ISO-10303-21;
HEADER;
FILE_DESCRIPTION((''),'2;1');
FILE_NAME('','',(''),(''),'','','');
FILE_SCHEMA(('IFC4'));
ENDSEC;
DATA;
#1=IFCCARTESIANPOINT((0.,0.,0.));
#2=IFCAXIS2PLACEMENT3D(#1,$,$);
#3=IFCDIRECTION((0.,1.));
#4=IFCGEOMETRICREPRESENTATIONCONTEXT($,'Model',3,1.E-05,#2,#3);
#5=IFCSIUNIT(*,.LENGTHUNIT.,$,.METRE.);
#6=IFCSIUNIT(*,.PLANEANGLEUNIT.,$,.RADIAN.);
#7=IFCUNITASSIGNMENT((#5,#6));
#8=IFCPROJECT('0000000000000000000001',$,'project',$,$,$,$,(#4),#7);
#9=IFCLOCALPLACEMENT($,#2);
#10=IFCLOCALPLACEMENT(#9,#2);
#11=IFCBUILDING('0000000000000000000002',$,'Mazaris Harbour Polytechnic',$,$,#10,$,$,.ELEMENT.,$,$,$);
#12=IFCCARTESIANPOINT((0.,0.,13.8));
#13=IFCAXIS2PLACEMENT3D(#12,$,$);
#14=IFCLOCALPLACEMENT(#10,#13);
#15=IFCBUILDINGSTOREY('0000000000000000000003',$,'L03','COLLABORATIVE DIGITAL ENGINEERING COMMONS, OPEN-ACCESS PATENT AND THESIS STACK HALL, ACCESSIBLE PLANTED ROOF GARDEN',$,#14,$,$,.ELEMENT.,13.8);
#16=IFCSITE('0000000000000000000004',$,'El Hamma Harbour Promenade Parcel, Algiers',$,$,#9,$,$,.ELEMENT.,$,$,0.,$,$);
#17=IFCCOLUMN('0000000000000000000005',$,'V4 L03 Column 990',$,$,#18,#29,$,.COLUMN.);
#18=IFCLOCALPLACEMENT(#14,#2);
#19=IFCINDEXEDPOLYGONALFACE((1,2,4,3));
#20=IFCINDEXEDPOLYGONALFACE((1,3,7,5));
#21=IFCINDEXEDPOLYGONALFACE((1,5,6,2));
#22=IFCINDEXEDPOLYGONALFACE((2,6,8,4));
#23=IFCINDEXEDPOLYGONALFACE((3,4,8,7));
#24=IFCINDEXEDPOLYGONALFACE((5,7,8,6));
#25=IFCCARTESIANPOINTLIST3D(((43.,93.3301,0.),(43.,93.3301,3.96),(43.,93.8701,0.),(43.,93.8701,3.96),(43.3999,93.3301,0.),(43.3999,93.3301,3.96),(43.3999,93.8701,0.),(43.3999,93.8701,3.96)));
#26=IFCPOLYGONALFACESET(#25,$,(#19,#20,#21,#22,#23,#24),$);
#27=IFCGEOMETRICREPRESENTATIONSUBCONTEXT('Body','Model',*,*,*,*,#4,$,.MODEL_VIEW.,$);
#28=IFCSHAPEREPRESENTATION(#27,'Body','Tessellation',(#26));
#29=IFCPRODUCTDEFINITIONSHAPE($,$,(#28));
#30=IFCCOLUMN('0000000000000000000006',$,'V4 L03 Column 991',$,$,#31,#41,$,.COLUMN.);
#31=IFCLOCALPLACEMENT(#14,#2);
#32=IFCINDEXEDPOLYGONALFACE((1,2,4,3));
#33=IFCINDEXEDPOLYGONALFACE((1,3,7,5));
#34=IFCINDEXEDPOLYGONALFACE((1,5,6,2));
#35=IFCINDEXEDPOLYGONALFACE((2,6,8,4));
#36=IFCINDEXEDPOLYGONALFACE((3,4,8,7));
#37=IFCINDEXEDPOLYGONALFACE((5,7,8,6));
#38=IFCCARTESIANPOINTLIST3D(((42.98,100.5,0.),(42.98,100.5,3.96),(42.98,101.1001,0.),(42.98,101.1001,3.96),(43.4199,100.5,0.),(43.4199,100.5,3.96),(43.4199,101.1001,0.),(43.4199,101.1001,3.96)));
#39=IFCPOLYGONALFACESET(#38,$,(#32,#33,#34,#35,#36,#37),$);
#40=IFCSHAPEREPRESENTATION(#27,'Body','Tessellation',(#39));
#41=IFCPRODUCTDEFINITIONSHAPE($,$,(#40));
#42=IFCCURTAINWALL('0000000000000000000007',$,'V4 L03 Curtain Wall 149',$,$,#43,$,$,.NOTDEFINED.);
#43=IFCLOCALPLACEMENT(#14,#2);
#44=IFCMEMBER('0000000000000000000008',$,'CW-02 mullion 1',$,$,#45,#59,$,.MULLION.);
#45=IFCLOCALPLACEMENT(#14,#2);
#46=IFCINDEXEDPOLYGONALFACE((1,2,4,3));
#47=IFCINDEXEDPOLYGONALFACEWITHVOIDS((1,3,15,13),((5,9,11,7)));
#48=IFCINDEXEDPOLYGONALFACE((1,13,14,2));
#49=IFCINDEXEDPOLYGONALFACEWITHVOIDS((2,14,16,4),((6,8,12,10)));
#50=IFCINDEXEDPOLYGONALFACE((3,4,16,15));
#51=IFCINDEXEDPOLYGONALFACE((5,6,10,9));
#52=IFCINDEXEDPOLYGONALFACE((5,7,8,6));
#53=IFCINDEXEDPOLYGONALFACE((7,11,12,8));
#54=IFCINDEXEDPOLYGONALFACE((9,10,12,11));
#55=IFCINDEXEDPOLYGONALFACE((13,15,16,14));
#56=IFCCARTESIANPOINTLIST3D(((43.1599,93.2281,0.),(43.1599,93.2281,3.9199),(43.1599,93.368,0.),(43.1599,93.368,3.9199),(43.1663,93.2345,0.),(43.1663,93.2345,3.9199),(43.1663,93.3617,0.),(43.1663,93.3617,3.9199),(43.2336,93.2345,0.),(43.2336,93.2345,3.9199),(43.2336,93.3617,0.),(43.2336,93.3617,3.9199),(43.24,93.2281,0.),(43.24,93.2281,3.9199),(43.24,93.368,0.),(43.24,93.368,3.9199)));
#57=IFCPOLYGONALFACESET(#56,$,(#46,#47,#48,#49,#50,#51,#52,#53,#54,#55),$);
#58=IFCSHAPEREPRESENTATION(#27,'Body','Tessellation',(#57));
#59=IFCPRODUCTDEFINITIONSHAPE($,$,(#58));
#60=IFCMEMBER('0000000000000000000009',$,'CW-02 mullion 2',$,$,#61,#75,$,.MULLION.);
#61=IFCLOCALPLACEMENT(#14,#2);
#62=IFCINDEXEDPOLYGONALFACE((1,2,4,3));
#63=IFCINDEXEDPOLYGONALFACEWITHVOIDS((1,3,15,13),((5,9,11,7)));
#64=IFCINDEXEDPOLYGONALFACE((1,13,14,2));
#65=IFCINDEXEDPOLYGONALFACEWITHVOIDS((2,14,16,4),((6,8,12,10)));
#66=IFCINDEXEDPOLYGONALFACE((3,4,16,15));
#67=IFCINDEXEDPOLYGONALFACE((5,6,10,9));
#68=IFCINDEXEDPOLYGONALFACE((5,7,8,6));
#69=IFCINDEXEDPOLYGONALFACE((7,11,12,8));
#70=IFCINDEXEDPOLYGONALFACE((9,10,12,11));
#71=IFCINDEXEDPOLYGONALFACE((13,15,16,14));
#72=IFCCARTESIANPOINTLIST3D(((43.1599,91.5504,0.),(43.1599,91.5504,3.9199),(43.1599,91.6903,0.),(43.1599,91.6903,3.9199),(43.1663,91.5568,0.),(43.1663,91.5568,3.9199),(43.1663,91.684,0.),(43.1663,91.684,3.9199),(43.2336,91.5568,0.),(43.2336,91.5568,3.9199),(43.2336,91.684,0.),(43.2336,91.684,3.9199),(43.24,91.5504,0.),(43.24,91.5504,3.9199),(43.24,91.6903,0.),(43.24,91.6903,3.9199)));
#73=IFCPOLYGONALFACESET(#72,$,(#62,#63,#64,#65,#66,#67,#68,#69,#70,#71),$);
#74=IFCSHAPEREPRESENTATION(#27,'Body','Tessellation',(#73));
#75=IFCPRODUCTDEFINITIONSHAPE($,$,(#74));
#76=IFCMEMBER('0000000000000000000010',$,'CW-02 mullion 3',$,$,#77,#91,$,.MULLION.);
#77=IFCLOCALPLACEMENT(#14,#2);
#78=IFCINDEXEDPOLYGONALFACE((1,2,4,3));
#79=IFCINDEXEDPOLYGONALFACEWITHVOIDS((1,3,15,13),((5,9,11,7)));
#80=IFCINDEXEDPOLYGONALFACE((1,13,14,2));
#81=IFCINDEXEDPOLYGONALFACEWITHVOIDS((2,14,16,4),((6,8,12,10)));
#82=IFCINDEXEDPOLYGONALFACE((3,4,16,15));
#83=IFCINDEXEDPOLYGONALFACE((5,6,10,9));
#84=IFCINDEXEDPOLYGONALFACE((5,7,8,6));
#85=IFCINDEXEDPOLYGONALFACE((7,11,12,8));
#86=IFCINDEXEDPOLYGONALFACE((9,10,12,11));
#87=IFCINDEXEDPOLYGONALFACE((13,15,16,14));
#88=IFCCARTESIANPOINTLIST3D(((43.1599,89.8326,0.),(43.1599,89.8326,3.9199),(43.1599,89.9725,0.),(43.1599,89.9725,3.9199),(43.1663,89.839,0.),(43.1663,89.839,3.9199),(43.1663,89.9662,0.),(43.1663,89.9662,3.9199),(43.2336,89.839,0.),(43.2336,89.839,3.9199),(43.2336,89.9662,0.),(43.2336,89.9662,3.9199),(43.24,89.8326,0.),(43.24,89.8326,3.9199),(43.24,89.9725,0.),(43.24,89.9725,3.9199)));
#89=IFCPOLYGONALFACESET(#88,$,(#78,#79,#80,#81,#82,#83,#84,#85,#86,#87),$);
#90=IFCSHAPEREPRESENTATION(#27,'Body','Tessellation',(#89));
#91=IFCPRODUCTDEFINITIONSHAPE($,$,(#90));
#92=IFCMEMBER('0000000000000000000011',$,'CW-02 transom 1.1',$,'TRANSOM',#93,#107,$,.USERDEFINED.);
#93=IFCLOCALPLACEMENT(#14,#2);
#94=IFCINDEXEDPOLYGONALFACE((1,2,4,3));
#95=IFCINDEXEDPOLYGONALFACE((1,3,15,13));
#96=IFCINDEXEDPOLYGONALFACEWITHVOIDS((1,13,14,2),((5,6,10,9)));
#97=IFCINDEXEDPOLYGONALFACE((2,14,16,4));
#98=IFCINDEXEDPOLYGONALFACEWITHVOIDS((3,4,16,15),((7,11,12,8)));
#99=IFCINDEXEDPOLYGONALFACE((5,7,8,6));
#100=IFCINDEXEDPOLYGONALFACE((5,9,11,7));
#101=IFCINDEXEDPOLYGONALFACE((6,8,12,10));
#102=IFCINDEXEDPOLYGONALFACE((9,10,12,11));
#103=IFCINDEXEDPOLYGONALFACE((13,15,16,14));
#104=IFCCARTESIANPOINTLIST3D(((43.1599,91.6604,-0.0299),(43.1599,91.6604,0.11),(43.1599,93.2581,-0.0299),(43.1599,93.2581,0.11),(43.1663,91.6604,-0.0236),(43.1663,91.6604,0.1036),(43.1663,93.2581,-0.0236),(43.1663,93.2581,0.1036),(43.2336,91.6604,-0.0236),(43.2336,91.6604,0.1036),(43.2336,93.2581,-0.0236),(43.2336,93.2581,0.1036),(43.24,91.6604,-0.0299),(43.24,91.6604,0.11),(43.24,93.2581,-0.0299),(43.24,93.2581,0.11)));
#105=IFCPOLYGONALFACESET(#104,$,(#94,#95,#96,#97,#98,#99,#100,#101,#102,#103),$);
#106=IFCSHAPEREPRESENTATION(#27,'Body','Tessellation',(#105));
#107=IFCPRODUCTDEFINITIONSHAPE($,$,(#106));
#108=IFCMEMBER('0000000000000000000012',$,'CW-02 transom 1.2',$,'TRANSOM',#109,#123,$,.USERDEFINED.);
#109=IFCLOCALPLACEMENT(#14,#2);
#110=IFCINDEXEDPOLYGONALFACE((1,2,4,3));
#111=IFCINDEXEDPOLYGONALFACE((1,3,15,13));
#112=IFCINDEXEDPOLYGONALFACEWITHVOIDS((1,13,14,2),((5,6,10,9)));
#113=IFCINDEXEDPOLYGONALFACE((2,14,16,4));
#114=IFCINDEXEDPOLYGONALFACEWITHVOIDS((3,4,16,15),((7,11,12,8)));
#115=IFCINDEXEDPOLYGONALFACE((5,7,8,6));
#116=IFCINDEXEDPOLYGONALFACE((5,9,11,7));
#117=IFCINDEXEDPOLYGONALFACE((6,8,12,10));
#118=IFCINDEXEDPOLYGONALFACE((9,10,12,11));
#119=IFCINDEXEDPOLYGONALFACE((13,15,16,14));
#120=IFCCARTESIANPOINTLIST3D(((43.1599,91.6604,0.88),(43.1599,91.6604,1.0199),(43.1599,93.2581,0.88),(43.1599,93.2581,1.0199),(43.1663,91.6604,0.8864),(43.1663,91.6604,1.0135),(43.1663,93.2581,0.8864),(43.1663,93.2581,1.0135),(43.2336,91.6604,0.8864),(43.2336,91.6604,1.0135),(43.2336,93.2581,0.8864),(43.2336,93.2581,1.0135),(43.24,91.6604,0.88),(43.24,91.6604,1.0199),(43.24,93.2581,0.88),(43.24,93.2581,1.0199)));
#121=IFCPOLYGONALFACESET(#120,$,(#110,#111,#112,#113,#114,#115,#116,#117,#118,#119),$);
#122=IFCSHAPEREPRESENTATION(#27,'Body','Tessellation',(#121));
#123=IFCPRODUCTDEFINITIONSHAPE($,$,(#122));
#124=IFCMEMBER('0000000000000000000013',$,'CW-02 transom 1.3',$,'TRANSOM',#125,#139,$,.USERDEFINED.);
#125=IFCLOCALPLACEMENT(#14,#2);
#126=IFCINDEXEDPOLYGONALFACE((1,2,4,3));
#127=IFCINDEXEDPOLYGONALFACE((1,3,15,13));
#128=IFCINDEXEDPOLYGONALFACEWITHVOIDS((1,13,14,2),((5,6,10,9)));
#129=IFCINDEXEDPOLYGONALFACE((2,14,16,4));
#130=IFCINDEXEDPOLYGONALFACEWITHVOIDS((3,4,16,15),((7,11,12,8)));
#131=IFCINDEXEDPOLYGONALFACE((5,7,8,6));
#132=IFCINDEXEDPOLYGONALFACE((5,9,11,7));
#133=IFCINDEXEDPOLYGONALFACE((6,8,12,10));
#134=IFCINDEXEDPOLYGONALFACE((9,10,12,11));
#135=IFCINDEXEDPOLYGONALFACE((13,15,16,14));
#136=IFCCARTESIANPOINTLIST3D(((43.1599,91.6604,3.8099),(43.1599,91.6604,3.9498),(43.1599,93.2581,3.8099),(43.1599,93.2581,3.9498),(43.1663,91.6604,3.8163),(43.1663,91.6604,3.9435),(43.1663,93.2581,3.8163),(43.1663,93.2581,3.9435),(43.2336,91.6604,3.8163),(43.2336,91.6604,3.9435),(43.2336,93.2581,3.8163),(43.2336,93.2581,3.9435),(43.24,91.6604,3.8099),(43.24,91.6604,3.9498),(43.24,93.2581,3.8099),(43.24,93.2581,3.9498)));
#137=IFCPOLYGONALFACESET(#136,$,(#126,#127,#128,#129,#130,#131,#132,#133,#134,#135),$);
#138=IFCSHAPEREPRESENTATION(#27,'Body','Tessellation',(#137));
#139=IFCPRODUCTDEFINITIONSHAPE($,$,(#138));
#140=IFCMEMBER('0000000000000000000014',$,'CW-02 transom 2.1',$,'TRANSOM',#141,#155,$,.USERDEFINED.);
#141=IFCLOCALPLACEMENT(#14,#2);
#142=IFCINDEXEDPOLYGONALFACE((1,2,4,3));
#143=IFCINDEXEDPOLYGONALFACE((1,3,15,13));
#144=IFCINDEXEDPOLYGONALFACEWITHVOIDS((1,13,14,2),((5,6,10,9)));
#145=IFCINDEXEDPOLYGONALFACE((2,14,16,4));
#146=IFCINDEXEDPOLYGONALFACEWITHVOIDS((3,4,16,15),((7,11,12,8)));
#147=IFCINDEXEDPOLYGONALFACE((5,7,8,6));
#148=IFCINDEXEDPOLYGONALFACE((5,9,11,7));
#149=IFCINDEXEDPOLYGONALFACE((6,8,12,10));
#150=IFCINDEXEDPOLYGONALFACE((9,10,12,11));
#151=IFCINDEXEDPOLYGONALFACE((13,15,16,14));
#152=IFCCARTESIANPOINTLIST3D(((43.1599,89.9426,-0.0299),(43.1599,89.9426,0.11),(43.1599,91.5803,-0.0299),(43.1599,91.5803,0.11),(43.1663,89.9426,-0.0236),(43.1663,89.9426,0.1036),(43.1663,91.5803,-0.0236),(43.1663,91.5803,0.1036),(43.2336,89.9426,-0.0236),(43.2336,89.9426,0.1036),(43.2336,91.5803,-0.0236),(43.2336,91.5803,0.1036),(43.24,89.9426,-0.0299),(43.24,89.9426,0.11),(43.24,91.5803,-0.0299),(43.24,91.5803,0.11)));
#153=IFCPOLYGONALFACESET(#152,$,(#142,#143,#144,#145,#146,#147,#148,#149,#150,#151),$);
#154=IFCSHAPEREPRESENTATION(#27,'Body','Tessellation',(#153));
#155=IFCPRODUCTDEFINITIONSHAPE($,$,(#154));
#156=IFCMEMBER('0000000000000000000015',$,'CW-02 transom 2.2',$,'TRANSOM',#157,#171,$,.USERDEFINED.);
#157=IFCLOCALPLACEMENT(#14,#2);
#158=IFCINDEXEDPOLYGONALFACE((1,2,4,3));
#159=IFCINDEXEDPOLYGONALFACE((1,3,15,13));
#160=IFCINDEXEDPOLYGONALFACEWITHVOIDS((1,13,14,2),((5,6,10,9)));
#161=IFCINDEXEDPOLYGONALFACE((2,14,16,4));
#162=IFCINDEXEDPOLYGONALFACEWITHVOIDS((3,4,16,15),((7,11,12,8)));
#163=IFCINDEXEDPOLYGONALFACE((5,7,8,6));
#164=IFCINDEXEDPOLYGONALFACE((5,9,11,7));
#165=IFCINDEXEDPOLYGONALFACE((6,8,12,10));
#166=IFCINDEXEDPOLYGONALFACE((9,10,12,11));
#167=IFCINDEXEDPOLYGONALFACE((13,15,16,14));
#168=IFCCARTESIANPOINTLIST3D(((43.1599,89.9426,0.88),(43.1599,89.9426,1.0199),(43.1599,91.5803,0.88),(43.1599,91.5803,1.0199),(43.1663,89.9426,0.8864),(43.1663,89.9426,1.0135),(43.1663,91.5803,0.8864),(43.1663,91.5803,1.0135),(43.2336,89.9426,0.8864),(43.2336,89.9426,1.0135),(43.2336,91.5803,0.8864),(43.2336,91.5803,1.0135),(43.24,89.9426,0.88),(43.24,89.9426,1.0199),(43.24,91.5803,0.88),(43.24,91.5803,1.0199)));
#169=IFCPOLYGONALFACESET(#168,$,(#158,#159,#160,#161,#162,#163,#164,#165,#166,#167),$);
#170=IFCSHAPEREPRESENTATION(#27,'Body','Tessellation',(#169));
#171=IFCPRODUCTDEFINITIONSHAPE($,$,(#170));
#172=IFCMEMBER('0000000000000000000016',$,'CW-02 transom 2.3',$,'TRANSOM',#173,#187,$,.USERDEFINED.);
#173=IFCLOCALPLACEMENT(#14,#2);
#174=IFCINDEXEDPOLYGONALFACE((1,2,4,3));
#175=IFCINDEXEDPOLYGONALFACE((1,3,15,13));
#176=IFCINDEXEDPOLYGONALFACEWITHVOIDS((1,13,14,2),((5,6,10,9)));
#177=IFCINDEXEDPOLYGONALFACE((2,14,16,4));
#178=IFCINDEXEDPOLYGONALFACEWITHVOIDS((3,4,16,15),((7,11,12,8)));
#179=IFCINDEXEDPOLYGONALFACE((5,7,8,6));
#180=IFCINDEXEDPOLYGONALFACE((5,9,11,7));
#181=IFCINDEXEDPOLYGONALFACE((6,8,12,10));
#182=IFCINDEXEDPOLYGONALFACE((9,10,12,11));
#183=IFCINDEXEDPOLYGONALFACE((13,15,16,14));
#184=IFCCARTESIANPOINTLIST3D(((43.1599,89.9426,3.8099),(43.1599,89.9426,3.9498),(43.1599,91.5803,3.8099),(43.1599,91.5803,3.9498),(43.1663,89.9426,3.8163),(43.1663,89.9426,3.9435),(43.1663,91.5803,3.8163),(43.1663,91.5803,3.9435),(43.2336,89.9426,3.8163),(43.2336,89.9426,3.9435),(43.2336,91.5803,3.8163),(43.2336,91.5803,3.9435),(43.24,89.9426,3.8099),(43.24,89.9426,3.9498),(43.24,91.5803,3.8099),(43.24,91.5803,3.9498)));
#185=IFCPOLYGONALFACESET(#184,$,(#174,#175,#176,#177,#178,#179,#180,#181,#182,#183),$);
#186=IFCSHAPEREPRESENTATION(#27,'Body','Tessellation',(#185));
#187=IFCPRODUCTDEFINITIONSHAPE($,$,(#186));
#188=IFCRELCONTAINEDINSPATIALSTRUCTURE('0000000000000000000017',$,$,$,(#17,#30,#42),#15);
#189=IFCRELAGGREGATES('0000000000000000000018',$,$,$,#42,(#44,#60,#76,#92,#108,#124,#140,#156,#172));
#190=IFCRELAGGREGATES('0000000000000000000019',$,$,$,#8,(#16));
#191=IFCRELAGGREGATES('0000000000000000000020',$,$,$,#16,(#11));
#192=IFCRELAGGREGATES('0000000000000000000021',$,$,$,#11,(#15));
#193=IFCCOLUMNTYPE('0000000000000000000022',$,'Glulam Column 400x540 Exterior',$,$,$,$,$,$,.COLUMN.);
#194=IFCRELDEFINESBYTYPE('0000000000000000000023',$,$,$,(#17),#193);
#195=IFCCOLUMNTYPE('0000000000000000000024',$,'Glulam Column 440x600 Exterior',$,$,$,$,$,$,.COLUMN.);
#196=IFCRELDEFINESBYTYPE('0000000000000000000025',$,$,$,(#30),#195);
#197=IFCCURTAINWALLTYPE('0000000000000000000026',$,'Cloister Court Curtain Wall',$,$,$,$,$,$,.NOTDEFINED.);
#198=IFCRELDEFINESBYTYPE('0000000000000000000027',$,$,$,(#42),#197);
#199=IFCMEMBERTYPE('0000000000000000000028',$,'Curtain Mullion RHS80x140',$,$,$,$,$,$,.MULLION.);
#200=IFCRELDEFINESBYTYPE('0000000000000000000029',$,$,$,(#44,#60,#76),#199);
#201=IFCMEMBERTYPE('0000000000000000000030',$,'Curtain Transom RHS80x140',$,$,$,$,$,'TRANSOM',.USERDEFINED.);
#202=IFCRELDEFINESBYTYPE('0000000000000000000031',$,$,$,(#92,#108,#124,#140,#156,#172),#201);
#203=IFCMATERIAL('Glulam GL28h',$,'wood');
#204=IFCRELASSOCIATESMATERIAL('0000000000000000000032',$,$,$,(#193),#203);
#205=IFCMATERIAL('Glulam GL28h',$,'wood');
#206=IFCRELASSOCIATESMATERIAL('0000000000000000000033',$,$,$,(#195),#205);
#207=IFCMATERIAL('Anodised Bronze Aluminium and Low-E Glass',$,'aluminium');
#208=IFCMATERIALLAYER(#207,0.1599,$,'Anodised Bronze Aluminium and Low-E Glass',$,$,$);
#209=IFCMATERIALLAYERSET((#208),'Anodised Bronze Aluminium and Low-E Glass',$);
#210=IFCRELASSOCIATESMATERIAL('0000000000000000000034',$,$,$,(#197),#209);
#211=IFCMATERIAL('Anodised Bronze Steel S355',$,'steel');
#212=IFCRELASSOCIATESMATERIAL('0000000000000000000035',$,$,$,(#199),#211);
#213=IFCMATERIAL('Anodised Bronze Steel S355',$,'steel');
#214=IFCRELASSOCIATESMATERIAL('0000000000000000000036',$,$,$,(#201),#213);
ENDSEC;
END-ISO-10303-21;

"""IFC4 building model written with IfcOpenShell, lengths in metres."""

from ifc_helpers import new_model, si_unit, direction, frame, origin, origin_2d, place, context, subcontext, project, spatial, rectangle, hollow_rectangle, extrude, material, layer, layer_set, material_profile, profile_set, type_object, element, aggregate, save


model = new_model("IFC4")

# Units and contexts
model_context = context("Model", 3, precision=1e-05, world=origin(), true_north=direction((0.0, 1.0)))
body_context = subcontext(model_context, "Body", "Model", "MODEL_VIEW")
ifc_project = project(units=[si_unit("LENGTHUNIT", "METRE"), si_unit("PLANEANGLEUNIT", "RADIAN")], contexts=[model_context])

# Site, building, storey
site_placement = place(None, origin())
site = spatial("IfcSite", under=ifc_project, at=site_placement, Name="El Hamma Harbour Promenade Parcel, Algiers", CompositionType="ELEMENT", RefElevation=0.0)
building_placement = place(site_placement, origin())
building = spatial("IfcBuilding", under=site, at=building_placement, Name="Mazaris Harbour Polytechnic", CompositionType="ELEMENT")
storey_placement = place(building_placement, frame((0.0, 0.0, 13.8)))
storey = spatial("IfcBuildingStorey", under=building, at=storey_placement, Name="L03", Description="COLLABORATIVE DIGITAL ENGINEERING COMMONS, OPEN-ACCESS PATENT AND THESIS STACK HALL, ACCESSIBLE PLANTED ROOF GARDEN", CompositionType="ELEMENT", Elevation=13.8)

# Columns
ifc_material_1 = material(Name="Glulam GL28h", Category="wood")
ifc_material_profile_1 = material_profile(ifc_material_1, rectangle(XDim=0.3999, YDim=0.54, at=origin_2d()), Name="RECT400x540")
ifc_profile_set_1 = profile_set([ifc_material_profile_1], Name="Glulam GL28h")
column_type_1 = type_object("IfcColumnType", Name="Glulam Column 400x540 Exterior", PredefinedType="COLUMN", material=ifc_profile_set_1)
column_1_placement = place(storey_placement, frame((43.2, 93.6001, 0.0), z_axis=(0.0, 0.0, 1.0), x_axis=(1.0, 0.0, 0.0)))
element("IfcColumn", 1, at=column_1_placement, inside=storey, type_object=column_type_1, Name="V4 L03 Column 990", PredefinedType="COLUMN", context=body_context, shape_type="SweptSolid", body=[
    extrude(rectangle(XDim=0.3999, YDim=0.54, at=origin_2d()), origin(), (0.0, 0.0, 1.0), 3.96),
])
ifc_material_2 = material(Name="Glulam GL28h", Category="wood")
ifc_material_profile_2 = material_profile(ifc_material_2, rectangle(XDim=0.4399, YDim=0.6001, at=origin_2d()), Name="RECT440x600")
ifc_profile_set_2 = profile_set([ifc_material_profile_2], Name="Glulam GL28h")
column_type_2 = type_object("IfcColumnType", Name="Glulam Column 440x600 Exterior", PredefinedType="COLUMN", material=ifc_profile_set_2)
column_2_placement = place(storey_placement, frame((43.2, 100.8, 0.0), z_axis=(0.0, 0.0, 1.0), x_axis=(1.0, 0.0, 0.0)))
element("IfcColumn", 2, at=column_2_placement, inside=storey, type_object=column_type_2, Name="V4 L03 Column 991", PredefinedType="COLUMN", context=body_context, shape_type="SweptSolid", body=[
    extrude(rectangle(XDim=0.4399, YDim=0.6001, at=origin_2d()), origin(), (0.0, 0.0, 1.0), 3.96),
])

# Curtain wall, members
ifc_material_3 = material(Name="Anodised Bronze Aluminium and Low-E Glass", Category="aluminium")
ifc_layer_1 = layer(ifc_material_3, 0.1599, Name="Anodised Bronze Aluminium and Low-E Glass")
ifc_layer_set_1 = layer_set([ifc_layer_1], Name="Anodised Bronze Aluminium and Low-E Glass")
curtain_wall_type = type_object("IfcCurtainWallType", Name="Cloister Court Curtain Wall", PredefinedType="NOTDEFINED", material=ifc_layer_set_1)
curtain_wall_placement = place(storey_placement, origin())
curtain_wall = element("IfcCurtainWall", 3, at=curtain_wall_placement, inside=storey, type_object=curtain_wall_type, Name="V4 L03 Curtain Wall 149", PredefinedType="NOTDEFINED")
ifc_material_4 = material(Name="Anodised Bronze Steel S355", Category="steel")
ifc_material_profile_3 = material_profile(ifc_material_4, hollow_rectangle(XDim=0.0801, YDim=0.1399, WallThickness=0.0063, at=origin_2d()), Name="RHS 80x140x6.3")
ifc_profile_set_3 = profile_set([ifc_material_profile_3], Name="Anodised Bronze Steel S355")
member_type_1 = type_object("IfcMemberType", Name="Curtain Mullion RHS80x140", PredefinedType="MULLION", material=ifc_profile_set_3)
member_1_placement = place(storey_placement, frame((43.2, 93.2981, 0.0), z_axis=(0.0, 0.0, 1.0), x_axis=(1.0, 0.0, 0.0)))
member_1 = element("IfcMember", 4, at=member_1_placement, type_object=member_type_1, Name="CW-02 mullion 1", PredefinedType="MULLION", context=body_context, shape_type="SweptSolid", body=[
    extrude(hollow_rectangle(XDim=0.0801, YDim=0.1399, WallThickness=0.0063, at=origin_2d()), origin(), (0.0, 0.0, 1.0), 3.9199),
])
member_2_placement = place(storey_placement, frame((43.2, 91.6204, 0.0), z_axis=(0.0, 0.0, 1.0), x_axis=(1.0, 0.0, 0.0)))
member_2 = element("IfcMember", 5, at=member_2_placement, type_object=member_type_1, Name="CW-02 mullion 2", PredefinedType="MULLION", context=body_context, shape_type="SweptSolid", body=[
    extrude(hollow_rectangle(XDim=0.0801, YDim=0.1399, WallThickness=0.0063, at=origin_2d()), origin(), (0.0, 0.0, 1.0), 3.9199),
])
member_3_placement = place(storey_placement, frame((43.2, 89.9026, 0.0), z_axis=(0.0, 0.0, 1.0), x_axis=(1.0, 0.0, 0.0)))
member_3 = element("IfcMember", 6, at=member_3_placement, type_object=member_type_1, Name="CW-02 mullion 3", PredefinedType="MULLION", context=body_context, shape_type="SweptSolid", body=[
    extrude(hollow_rectangle(XDim=0.0801, YDim=0.1399, WallThickness=0.0063, at=origin_2d()), origin(), (0.0, 0.0, 1.0), 3.9199),
])
ifc_material_5 = material(Name="Anodised Bronze Steel S355", Category="steel")
ifc_material_profile_4 = material_profile(ifc_material_5, hollow_rectangle(XDim=0.0801, YDim=0.1399, WallThickness=0.0063, at=origin_2d()), Name="RHS 80x140x6.3")
ifc_profile_set_4 = profile_set([ifc_material_profile_4], Name="Anodised Bronze Steel S355")
member_type_2 = type_object("IfcMemberType", Name="Curtain Transom RHS80x140", ElementType="TRANSOM", PredefinedType="USERDEFINED", material=ifc_profile_set_4)
member_4_placement = place(storey_placement, frame((43.2, 93.2581, 0.04), z_axis=(0.0, -1.0, 0.0), x_axis=(1.0, 0.0, 0.0)))
member_4 = element("IfcMember", 7, at=member_4_placement, type_object=member_type_2, Name="CW-02 transom 1.1", ObjectType="TRANSOM", PredefinedType="USERDEFINED", context=body_context, shape_type="SweptSolid", body=[
    extrude(hollow_rectangle(XDim=0.0801, YDim=0.1399, WallThickness=0.0063, at=origin_2d()), origin(), (0.0, 0.0, 1.0), 1.5977),
])
member_5_placement = place(storey_placement, frame((43.2, 93.2581, 0.95), z_axis=(0.0, -1.0, 0.0), x_axis=(1.0, 0.0, 0.0)))
member_5 = element("IfcMember", 8, at=member_5_placement, type_object=member_type_2, Name="CW-02 transom 1.2", ObjectType="TRANSOM", PredefinedType="USERDEFINED", context=body_context, shape_type="SweptSolid", body=[
    extrude(hollow_rectangle(XDim=0.0801, YDim=0.1399, WallThickness=0.0063, at=origin_2d()), origin(), (0.0, 0.0, 1.0), 1.5977),
])
member_6_placement = place(storey_placement, frame((43.2, 93.2581, 3.8799), z_axis=(0.0, -1.0, 0.0), x_axis=(1.0, 0.0, 0.0)))
member_6 = element("IfcMember", 9, at=member_6_placement, type_object=member_type_2, Name="CW-02 transom 1.3", ObjectType="TRANSOM", PredefinedType="USERDEFINED", context=body_context, shape_type="SweptSolid", body=[
    extrude(hollow_rectangle(XDim=0.0801, YDim=0.1399, WallThickness=0.0063, at=origin_2d()), origin(), (0.0, 0.0, 1.0), 1.5977),
])
member_7_placement = place(storey_placement, frame((43.2, 91.5803, 0.04), z_axis=(0.0, -1.0, 0.0), x_axis=(1.0, 0.0, 0.0)))
member_7 = element("IfcMember", 10, at=member_7_placement, type_object=member_type_2, Name="CW-02 transom 2.1", ObjectType="TRANSOM", PredefinedType="USERDEFINED", context=body_context, shape_type="SweptSolid", body=[
    extrude(hollow_rectangle(XDim=0.0801, YDim=0.1399, WallThickness=0.0063, at=origin_2d()), origin(), (0.0, 0.0, 1.0), 1.6377),
])
member_8_placement = place(storey_placement, frame((43.2, 91.5803, 0.95), z_axis=(0.0, -1.0, 0.0), x_axis=(1.0, 0.0, 0.0)))
member_8 = element("IfcMember", 11, at=member_8_placement, type_object=member_type_2, Name="CW-02 transom 2.2", ObjectType="TRANSOM", PredefinedType="USERDEFINED", context=body_context, shape_type="SweptSolid", body=[
    extrude(hollow_rectangle(XDim=0.0801, YDim=0.1399, WallThickness=0.0063, at=origin_2d()), origin(), (0.0, 0.0, 1.0), 1.6377),
])
member_9_placement = place(storey_placement, frame((43.2, 91.5803, 3.8799), z_axis=(0.0, -1.0, 0.0), x_axis=(1.0, 0.0, 0.0)))
member_9 = element("IfcMember", 12, at=member_9_placement, type_object=member_type_2, Name="CW-02 transom 2.3", ObjectType="TRANSOM", PredefinedType="USERDEFINED", context=body_context, shape_type="SweptSolid", body=[
    extrude(hollow_rectangle(XDim=0.0801, YDim=0.1399, WallThickness=0.0063, at=origin_2d()), origin(), (0.0, 0.0, 1.0), 1.6377),
])
aggregate(curtain_wall, [member_1, member_2, member_3, member_4, member_5, member_6, member_7, member_8, member_9])

save(model, "model.ifc")
